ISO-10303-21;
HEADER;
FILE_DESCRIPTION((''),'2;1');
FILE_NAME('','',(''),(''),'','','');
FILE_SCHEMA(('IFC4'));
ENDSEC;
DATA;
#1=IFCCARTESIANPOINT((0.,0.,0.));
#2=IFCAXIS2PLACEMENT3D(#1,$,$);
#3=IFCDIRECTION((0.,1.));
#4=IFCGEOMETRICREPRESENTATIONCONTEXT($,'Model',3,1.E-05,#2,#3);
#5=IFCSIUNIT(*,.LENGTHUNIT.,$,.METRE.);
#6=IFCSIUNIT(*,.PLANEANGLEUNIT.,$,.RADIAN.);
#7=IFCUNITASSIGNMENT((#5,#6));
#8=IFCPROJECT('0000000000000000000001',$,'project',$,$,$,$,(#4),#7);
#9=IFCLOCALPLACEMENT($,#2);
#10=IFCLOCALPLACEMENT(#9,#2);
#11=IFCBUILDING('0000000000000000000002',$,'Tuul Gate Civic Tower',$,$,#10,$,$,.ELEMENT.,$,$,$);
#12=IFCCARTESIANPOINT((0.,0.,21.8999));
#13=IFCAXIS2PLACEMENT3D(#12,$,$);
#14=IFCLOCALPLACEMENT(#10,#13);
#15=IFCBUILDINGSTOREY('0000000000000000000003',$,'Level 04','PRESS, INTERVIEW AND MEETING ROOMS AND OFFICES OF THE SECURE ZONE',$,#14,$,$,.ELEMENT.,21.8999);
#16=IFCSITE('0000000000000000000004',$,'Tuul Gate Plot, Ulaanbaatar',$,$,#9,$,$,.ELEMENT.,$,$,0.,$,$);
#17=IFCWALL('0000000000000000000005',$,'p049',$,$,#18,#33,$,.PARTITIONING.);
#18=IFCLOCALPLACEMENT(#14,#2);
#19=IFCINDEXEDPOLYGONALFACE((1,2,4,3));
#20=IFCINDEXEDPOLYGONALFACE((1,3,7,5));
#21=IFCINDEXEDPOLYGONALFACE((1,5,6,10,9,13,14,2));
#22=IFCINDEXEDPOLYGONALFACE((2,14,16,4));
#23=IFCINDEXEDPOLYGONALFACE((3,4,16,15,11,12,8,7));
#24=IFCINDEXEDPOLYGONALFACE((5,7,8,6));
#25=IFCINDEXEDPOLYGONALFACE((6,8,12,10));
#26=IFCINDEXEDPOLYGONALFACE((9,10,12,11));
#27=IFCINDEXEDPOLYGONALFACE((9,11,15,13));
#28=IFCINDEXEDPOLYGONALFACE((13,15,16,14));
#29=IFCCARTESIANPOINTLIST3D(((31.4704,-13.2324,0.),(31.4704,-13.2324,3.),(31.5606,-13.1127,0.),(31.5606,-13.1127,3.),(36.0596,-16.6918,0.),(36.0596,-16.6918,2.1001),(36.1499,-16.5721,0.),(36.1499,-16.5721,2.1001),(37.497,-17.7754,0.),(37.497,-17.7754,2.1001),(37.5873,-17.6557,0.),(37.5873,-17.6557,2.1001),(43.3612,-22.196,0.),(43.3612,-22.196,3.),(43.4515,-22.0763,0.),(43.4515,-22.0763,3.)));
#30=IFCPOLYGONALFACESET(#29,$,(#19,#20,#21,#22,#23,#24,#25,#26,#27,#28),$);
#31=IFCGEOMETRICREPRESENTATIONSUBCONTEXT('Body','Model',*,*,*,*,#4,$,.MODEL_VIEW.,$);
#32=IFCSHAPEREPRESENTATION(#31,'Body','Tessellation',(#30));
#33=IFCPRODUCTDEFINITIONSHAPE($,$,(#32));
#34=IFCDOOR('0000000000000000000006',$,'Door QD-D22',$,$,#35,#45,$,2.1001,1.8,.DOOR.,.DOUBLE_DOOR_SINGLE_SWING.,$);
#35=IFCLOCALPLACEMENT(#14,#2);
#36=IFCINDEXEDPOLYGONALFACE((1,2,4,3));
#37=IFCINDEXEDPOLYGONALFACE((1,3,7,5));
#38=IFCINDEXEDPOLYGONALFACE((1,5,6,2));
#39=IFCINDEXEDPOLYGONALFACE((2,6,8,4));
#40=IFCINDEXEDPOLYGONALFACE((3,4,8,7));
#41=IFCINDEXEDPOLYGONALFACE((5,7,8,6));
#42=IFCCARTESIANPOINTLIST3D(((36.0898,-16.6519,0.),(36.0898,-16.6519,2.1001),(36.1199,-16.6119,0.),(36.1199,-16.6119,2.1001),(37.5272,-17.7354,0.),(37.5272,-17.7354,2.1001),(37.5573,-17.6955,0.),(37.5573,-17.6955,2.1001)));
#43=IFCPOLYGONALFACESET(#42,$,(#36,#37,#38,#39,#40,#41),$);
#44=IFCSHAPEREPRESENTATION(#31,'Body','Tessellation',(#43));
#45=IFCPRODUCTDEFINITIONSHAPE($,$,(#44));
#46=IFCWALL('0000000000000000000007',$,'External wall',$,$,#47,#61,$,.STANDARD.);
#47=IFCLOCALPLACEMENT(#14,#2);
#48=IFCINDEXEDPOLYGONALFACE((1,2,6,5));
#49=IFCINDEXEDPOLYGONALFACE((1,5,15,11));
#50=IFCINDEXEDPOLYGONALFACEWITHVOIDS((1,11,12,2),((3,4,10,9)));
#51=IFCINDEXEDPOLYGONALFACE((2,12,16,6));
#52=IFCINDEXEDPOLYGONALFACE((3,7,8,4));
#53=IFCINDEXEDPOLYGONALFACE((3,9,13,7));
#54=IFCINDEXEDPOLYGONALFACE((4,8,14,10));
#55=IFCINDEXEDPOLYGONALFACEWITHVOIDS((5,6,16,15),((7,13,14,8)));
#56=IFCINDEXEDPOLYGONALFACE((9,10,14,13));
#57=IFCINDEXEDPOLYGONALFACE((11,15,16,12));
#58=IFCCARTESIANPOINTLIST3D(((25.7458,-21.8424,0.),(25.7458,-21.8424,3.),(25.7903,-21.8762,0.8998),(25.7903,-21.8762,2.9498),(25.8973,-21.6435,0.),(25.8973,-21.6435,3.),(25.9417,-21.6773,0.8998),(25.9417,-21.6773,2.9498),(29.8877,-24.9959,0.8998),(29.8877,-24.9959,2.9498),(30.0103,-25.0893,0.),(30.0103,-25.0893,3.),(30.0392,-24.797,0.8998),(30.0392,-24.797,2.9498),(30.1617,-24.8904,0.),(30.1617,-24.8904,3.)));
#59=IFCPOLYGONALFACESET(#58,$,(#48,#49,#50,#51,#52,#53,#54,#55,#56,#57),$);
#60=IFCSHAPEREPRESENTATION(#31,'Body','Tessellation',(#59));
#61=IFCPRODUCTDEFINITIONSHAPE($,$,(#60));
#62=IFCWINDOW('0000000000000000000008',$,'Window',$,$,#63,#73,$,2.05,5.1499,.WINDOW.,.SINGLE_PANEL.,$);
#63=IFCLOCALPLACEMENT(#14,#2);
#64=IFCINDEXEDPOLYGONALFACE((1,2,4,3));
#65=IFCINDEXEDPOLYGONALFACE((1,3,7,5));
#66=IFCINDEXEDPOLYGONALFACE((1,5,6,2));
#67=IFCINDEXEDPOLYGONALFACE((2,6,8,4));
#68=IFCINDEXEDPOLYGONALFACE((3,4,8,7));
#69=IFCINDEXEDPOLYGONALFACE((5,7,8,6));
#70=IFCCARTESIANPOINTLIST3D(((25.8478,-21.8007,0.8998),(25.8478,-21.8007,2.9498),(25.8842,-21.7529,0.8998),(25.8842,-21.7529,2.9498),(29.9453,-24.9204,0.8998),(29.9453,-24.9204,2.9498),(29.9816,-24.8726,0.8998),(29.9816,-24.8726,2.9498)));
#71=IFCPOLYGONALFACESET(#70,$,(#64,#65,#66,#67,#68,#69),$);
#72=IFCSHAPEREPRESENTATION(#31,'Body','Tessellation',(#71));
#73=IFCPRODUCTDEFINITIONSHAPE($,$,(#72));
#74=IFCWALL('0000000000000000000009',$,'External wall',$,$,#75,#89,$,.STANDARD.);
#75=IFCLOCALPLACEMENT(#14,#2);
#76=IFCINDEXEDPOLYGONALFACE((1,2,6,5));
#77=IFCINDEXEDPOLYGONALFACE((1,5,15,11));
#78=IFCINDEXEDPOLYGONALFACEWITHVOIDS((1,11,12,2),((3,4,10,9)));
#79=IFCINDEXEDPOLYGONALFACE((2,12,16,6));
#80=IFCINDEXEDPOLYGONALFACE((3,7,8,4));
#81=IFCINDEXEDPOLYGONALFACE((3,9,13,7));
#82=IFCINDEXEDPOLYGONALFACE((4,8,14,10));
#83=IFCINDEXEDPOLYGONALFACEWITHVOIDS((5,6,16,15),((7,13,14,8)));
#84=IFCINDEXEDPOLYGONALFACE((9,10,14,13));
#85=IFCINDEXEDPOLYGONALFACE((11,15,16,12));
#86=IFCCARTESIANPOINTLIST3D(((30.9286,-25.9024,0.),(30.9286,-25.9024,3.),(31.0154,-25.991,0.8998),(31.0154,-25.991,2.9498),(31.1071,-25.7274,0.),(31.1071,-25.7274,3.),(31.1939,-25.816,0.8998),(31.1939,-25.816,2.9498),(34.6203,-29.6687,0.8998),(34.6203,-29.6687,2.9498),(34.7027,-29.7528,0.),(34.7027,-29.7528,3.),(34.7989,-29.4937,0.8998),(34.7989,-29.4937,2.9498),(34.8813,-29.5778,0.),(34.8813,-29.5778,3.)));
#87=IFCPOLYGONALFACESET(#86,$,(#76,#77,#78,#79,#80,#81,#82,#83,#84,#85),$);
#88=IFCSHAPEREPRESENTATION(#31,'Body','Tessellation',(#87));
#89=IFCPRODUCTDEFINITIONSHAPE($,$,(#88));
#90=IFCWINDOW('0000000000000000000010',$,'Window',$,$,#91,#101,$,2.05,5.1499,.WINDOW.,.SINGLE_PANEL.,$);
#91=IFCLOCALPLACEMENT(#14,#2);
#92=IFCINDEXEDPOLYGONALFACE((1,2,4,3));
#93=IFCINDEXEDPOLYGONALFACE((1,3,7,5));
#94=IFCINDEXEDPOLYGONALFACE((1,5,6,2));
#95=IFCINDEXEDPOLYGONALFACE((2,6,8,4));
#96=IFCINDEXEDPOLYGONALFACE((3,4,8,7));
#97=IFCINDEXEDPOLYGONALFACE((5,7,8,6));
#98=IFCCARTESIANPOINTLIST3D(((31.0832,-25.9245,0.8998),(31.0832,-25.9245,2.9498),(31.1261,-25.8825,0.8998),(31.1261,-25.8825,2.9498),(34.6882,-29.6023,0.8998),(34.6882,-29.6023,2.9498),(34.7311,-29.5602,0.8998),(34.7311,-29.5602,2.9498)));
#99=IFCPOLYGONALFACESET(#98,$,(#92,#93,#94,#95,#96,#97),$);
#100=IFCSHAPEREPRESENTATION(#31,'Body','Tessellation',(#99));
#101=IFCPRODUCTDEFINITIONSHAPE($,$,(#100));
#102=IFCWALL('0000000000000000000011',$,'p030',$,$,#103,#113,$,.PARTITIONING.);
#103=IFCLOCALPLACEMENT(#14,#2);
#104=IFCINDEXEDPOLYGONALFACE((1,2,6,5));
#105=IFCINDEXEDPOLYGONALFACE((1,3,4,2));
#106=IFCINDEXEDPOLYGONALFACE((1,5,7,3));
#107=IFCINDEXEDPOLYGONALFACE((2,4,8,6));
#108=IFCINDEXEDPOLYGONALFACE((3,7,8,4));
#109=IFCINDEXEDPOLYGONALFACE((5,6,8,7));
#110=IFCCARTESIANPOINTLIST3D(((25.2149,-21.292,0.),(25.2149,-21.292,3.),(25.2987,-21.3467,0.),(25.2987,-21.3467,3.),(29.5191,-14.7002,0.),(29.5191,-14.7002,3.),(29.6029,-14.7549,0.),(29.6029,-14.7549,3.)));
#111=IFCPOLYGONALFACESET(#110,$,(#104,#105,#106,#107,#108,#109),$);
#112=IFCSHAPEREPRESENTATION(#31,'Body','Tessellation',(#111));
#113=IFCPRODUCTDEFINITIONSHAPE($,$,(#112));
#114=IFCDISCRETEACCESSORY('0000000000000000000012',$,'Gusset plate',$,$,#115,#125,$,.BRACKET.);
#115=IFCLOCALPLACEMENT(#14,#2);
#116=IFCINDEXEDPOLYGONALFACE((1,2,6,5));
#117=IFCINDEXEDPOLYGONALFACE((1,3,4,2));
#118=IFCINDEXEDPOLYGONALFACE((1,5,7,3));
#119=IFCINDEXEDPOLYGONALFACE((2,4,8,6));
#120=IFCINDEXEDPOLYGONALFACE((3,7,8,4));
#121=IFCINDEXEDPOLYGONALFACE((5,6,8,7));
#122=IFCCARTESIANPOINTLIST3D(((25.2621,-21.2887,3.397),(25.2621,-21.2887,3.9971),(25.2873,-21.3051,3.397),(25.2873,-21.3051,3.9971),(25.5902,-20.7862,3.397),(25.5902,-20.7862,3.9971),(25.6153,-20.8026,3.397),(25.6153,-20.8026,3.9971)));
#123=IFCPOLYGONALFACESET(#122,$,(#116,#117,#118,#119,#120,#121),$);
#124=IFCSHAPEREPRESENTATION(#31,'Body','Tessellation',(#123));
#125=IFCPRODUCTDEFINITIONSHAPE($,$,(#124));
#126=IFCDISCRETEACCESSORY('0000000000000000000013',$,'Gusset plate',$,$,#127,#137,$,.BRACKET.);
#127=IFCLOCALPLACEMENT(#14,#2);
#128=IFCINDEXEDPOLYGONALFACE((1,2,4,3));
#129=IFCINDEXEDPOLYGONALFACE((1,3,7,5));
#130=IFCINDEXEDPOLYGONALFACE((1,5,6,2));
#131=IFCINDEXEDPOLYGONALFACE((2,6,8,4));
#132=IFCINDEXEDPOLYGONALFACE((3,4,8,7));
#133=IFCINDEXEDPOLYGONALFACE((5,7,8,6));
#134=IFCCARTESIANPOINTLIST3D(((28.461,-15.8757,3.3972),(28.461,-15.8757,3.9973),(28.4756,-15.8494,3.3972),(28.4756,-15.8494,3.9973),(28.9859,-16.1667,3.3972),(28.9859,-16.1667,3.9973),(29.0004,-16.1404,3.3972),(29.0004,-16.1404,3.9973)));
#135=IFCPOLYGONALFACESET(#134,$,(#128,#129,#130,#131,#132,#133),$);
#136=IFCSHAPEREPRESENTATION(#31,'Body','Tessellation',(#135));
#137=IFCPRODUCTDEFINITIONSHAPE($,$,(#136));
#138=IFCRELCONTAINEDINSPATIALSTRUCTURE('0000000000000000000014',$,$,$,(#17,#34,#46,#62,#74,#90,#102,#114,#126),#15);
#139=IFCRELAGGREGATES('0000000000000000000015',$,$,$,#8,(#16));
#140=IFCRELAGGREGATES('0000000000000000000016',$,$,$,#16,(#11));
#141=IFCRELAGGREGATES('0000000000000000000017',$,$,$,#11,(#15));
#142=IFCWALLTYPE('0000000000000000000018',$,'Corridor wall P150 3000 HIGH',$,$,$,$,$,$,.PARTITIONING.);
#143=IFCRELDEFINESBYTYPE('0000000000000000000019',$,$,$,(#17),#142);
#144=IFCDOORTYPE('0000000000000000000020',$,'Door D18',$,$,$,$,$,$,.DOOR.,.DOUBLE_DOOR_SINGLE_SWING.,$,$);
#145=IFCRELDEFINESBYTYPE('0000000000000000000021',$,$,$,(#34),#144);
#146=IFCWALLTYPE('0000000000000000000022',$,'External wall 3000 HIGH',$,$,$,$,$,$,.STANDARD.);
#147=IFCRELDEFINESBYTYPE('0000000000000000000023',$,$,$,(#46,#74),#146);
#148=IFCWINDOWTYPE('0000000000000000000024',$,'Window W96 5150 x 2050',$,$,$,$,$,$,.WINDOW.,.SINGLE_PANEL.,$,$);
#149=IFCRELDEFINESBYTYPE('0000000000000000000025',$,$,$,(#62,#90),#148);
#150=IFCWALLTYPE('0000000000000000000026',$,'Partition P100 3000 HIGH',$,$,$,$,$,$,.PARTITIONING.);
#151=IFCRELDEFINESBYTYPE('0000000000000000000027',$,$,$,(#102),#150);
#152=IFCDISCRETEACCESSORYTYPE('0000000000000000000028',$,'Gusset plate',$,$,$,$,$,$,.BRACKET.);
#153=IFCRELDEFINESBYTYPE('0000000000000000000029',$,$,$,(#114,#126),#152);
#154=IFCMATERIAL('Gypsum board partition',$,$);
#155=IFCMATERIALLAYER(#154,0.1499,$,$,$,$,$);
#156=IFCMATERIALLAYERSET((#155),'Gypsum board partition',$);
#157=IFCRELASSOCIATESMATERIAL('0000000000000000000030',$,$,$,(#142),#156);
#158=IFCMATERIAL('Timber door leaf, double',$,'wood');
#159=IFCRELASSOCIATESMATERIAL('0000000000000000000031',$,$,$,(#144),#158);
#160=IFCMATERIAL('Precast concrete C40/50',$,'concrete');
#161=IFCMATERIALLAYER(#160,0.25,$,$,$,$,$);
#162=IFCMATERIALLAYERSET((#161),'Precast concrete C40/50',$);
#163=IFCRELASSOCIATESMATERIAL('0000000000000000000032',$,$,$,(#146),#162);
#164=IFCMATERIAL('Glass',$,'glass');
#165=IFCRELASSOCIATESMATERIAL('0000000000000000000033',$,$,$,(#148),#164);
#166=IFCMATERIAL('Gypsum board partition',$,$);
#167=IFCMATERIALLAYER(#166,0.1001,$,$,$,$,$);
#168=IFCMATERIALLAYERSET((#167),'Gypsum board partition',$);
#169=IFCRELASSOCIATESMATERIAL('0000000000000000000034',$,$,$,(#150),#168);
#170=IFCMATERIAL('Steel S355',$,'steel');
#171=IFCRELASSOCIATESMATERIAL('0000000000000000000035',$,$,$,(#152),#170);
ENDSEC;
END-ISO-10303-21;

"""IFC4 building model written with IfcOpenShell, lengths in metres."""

from ifc_helpers import new_model, si_unit, direction, frame, frame_2d, origin, origin_2d, place, context, subcontext, project, spatial, rectangle, extrude, material, layer, layer_set, type_object, element, fill, save


model = new_model("IFC4")

# Units and contexts
model_context = context("Model", 3, precision=1e-05, world=origin(), true_north=direction((0.0, 1.0)))
body_context = subcontext(model_context, "Body", "Model", "MODEL_VIEW")
ifc_project = project(units=[si_unit("LENGTHUNIT", "METRE"), si_unit("PLANEANGLEUNIT", "RADIAN")], contexts=[model_context])

# Site, building, storey
site_placement = place(None, origin())
site = spatial("IfcSite", under=ifc_project, at=site_placement, Name="Tuul Gate Plot, Ulaanbaatar", CompositionType="ELEMENT", RefElevation=0.0)
building_placement = place(site_placement, origin())
building = spatial("IfcBuilding", under=site, at=building_placement, Name="Tuul Gate Civic Tower", CompositionType="ELEMENT")
storey_placement = place(building_placement, frame((0.0, 0.0, 21.8999)))
storey = spatial("IfcBuildingStorey", under=building, at=storey_placement, Name="Level 04", Description="PRESS, INTERVIEW AND MEETING ROOMS AND OFFICES OF THE SECURE ZONE", CompositionType="ELEMENT", Elevation=21.8999)

# Wall, opening, door
ifc_material_1 = material(Name="Gypsum board partition")
ifc_layer_1 = layer(ifc_material_1, 0.1499)
ifc_layer_set_1 = layer_set([ifc_layer_1], Name="Gypsum board partition")
wall_type_1 = type_object("IfcWallType", Name="Corridor wall P150 3000 HIGH", PredefinedType="PARTITIONING", material=ifc_layer_set_1)
wall_1_placement = place(storey_placement, frame((31.5156, -13.1726, 0.0), z_axis=(0.0, 0.0, 1.0), x_axis=(0.798532, -0.601953, 0.0)))
wall_1 = element("IfcWall", 1, at=wall_1_placement, inside=storey, type_object=wall_type_1, Name="p049", PredefinedType="PARTITIONING", context=body_context, shape_type="SweptSolid", body=[
    extrude(rectangle(XDim=14.8909, YDim=0.1499, at=frame_2d((7.4453, 0.0))), origin(), (0.0, 0.0, 1.0), 3.0),
])
opening_1_placement = place(wall_1_placement, frame((5.7471, 0.0, 0.0)))
opening_1 = element("IfcOpeningElement", 2, at=opening_1_placement, cuts=wall_1, PredefinedType="OPENING", context=body_context, shape_type="SweptSolid", body=[
    extrude(rectangle(XDim=1.8, YDim=2.1001, at=frame_2d((0.8999, 1.05))), frame((0.0, 0.085, 0.0), z_axis=(0.0, -1.0, 0.0), x_axis=(1.0, 0.0, 0.0)), (0.0, 0.0, 1.0), 0.1699),
])
ifc_material_2 = material(Name="Timber door leaf, double", Category="wood")
door_type = type_object("IfcDoorType", Name="Door D18", OperationType="DOUBLE_DOOR_SINGLE_SWING", PredefinedType="DOOR", material=ifc_material_2)
door_placement = place(opening_1_placement, frame((1.8, 0.0, 0.0), z_axis=(0.0, 0.0, 1.0), x_axis=(-1.0, 0.0, 0.0)))
door = element("IfcDoor", 3, at=door_placement, inside=storey, type_object=door_type, Name="Door QD-D22", OperationType="DOUBLE_DOOR_SINGLE_SWING", OverallHeight=2.1001, OverallWidth=1.8, PredefinedType="DOOR", context=body_context, shape_type="SweptSolid", body=[
    extrude(rectangle(XDim=1.8, YDim=2.1001, at=frame_2d((0.9001, 1.05))), frame((0.0, 0.0249, 0.0), z_axis=(0.0, -1.0, 0.0), x_axis=(1.0, 0.0, 0.0)), (0.0, 0.0, 1.0), 0.05),
])
fill(opening_1, door)

# Walls, openings, windows
ifc_material_3 = material(Name="Precast concrete C40/50", Category="concrete")
ifc_layer_2 = layer(ifc_material_3, 0.25)
ifc_layer_set_2 = layer_set([ifc_layer_2], Name="Precast concrete C40/50")
wall_type_2 = type_object("IfcWallType", Name="External wall 3000 HIGH", PredefinedType="STANDARD", material=ifc_layer_set_2)
wall_2_placement = place(storey_placement, frame((25.8215, -21.7429, 0.0), z_axis=(0.0, 0.0, 1.0), x_axis=(0.795633, -0.605778, 0.0)))
wall_2 = element("IfcWall", 4, at=wall_2_placement, inside=storey, type_object=wall_type_2, Name="External wall", PredefinedType="STANDARD", context=body_context, shape_type="SweptSolid", body=[
    extrude(rectangle(XDim=5.3599, YDim=0.25, at=frame_2d((2.6799, 0.0))), origin(), (0.0, 0.0, 1.0), 3.0),
])
opening_2_placement = place(wall_2_placement, frame((0.0559, 0.0, 0.8999)))
opening_2 = element("IfcOpeningElement", 5, at=opening_2_placement, cuts=wall_2, PredefinedType="OPENING", context=body_context, shape_type="SweptSolid", body=[
    extrude(rectangle(XDim=5.1499, YDim=2.05, at=frame_2d((2.575, 1.0249))), frame((0.0, 0.135, 0.0), z_axis=(0.0, -1.0, 0.0), x_axis=(1.0, 0.0, 0.0)), (0.0, 0.0, 1.0), 0.27),
])
ifc_material_4 = material(Name="Glass", Category="glass")
window_type = type_object("IfcWindowType", Name="Window W96 5150 x 2050", PartitioningType="SINGLE_PANEL", PredefinedType="WINDOW", material=ifc_material_4)
window_1_placement = place(opening_2_placement, origin())
window_1 = element("IfcWindow", 6, at=window_1_placement, inside=storey, type_object=window_type, Name="Window", OverallHeight=2.05, OverallWidth=5.1499, PartitioningType="SINGLE_PANEL", PredefinedType="WINDOW", context=body_context, shape_type="SweptSolid", body=[
    extrude(rectangle(XDim=5.1499, YDim=2.05, at=frame_2d((2.575, 1.0249))), frame((0.0, 0.03, 0.0), z_axis=(0.0, -1.0, 0.0), x_axis=(1.0, 0.0, 0.0)), (0.0, 0.0, 1.0), 0.0601),
])
fill(opening_2, window_1)
wall_3_placement = place(storey_placement, frame((31.0178, -25.8149, 0.0), z_axis=(0.0, 0.0, 1.0), x_axis=(0.700008, -0.714135, 0.0)))
wall_3 = element("IfcWall", 7, at=wall_3_placement, inside=storey, type_object=wall_type_2, Name="External wall", PredefinedType="STANDARD", context=body_context, shape_type="SweptSolid", body=[
    extrude(rectangle(XDim=5.3916, YDim=0.25, at=frame_2d((2.6958, 0.0))), origin(), (0.0, 0.0, 1.0), 3.0),
])
opening_3_placement = place(wall_3_placement, frame((0.124, 0.0, 0.8999)))
opening_3 = element("IfcOpeningElement", 8, at=opening_3_placement, cuts=wall_3, PredefinedType="OPENING", context=body_context, shape_type="SweptSolid", body=[
    extrude(rectangle(XDim=5.1499, YDim=2.05, at=frame_2d((2.575, 1.0249))), frame((0.0, 0.135, 0.0), z_axis=(0.0, -1.0, 0.0), x_axis=(1.0, 0.0, 0.0)), (0.0, 0.0, 1.0), 0.27),
])
window_2_placement = place(opening_3_placement, origin())
window_2 = element("IfcWindow", 9, at=window_2_placement, inside=storey, type_object=window_type, Name="Window", OverallHeight=2.05, OverallWidth=5.1499, PartitioningType="SINGLE_PANEL", PredefinedType="WINDOW", context=body_context, shape_type="SweptSolid", body=[
    extrude(rectangle(XDim=5.1499, YDim=2.05, at=frame_2d((2.575, 1.0249))), frame((0.0, 0.03, 0.0), z_axis=(0.0, -1.0, 0.0), x_axis=(1.0, 0.0, 0.0)), (0.0, 0.0, 1.0), 0.0601),
])
fill(opening_3, window_2)

# Wall
ifc_material_5 = material(Name="Gypsum board partition")
ifc_layer_3 = layer(ifc_material_5, 0.1001)
ifc_layer_set_3 = layer_set([ifc_layer_3], Name="Gypsum board partition")
wall_type_3 = type_object("IfcWallType", Name="Partition P100 3000 HIGH", PredefinedType="PARTITIONING", material=ifc_layer_set_3)
wall_4_placement = place(storey_placement, frame((25.2568, -21.3193, 0.0), z_axis=(0.0, 0.0, 1.0), x_axis=(0.546731, 0.837308, 0.0)))
element("IfcWall", 10, at=wall_4_placement, inside=storey, type_object=wall_type_3, Name="p030", PredefinedType="PARTITIONING", context=body_context, shape_type="SweptSolid", body=[
    extrude(rectangle(XDim=7.8726, YDim=0.1001, at=frame_2d((3.9363, 0.0))), origin(), (0.0, 0.0, 1.0), 3.0),
])

# Discrete accessories
ifc_material_6 = material(Name="Steel S355", Category="steel")
discrete_accessory_type = type_object("IfcDiscreteAccessoryType", Name="Gusset plate", PredefinedType="BRACKET", material=ifc_material_6)
for number, where, z_axis, x_axis, name in (
    (11, (25.4387, -21.0457, 3.397), (0.0, 0.0, 1.0), (0.546705, 0.837325, 0.0), "Gusset plate"),
    (12, (28.7307, -16.0081, 3.3972), (0.0, 0.0, 1.0), (-0.874598, 0.484849, 0.0), "Gusset plate"),
):
    element("IfcDiscreteAccessory", number, at=place(storey_placement, frame(where, z_axis=z_axis, x_axis=x_axis)), inside=storey, type_object=discrete_accessory_type, Name=name, PredefinedType="BRACKET", context=body_context, shape_type="SweptSolid", body=[
        extrude(rectangle(XDim=0.6001, YDim=0.03, at=origin_2d()), origin(), (0.0, 0.0, 1.0), 0.6001),
    ])

save(model, "model.ifc")
